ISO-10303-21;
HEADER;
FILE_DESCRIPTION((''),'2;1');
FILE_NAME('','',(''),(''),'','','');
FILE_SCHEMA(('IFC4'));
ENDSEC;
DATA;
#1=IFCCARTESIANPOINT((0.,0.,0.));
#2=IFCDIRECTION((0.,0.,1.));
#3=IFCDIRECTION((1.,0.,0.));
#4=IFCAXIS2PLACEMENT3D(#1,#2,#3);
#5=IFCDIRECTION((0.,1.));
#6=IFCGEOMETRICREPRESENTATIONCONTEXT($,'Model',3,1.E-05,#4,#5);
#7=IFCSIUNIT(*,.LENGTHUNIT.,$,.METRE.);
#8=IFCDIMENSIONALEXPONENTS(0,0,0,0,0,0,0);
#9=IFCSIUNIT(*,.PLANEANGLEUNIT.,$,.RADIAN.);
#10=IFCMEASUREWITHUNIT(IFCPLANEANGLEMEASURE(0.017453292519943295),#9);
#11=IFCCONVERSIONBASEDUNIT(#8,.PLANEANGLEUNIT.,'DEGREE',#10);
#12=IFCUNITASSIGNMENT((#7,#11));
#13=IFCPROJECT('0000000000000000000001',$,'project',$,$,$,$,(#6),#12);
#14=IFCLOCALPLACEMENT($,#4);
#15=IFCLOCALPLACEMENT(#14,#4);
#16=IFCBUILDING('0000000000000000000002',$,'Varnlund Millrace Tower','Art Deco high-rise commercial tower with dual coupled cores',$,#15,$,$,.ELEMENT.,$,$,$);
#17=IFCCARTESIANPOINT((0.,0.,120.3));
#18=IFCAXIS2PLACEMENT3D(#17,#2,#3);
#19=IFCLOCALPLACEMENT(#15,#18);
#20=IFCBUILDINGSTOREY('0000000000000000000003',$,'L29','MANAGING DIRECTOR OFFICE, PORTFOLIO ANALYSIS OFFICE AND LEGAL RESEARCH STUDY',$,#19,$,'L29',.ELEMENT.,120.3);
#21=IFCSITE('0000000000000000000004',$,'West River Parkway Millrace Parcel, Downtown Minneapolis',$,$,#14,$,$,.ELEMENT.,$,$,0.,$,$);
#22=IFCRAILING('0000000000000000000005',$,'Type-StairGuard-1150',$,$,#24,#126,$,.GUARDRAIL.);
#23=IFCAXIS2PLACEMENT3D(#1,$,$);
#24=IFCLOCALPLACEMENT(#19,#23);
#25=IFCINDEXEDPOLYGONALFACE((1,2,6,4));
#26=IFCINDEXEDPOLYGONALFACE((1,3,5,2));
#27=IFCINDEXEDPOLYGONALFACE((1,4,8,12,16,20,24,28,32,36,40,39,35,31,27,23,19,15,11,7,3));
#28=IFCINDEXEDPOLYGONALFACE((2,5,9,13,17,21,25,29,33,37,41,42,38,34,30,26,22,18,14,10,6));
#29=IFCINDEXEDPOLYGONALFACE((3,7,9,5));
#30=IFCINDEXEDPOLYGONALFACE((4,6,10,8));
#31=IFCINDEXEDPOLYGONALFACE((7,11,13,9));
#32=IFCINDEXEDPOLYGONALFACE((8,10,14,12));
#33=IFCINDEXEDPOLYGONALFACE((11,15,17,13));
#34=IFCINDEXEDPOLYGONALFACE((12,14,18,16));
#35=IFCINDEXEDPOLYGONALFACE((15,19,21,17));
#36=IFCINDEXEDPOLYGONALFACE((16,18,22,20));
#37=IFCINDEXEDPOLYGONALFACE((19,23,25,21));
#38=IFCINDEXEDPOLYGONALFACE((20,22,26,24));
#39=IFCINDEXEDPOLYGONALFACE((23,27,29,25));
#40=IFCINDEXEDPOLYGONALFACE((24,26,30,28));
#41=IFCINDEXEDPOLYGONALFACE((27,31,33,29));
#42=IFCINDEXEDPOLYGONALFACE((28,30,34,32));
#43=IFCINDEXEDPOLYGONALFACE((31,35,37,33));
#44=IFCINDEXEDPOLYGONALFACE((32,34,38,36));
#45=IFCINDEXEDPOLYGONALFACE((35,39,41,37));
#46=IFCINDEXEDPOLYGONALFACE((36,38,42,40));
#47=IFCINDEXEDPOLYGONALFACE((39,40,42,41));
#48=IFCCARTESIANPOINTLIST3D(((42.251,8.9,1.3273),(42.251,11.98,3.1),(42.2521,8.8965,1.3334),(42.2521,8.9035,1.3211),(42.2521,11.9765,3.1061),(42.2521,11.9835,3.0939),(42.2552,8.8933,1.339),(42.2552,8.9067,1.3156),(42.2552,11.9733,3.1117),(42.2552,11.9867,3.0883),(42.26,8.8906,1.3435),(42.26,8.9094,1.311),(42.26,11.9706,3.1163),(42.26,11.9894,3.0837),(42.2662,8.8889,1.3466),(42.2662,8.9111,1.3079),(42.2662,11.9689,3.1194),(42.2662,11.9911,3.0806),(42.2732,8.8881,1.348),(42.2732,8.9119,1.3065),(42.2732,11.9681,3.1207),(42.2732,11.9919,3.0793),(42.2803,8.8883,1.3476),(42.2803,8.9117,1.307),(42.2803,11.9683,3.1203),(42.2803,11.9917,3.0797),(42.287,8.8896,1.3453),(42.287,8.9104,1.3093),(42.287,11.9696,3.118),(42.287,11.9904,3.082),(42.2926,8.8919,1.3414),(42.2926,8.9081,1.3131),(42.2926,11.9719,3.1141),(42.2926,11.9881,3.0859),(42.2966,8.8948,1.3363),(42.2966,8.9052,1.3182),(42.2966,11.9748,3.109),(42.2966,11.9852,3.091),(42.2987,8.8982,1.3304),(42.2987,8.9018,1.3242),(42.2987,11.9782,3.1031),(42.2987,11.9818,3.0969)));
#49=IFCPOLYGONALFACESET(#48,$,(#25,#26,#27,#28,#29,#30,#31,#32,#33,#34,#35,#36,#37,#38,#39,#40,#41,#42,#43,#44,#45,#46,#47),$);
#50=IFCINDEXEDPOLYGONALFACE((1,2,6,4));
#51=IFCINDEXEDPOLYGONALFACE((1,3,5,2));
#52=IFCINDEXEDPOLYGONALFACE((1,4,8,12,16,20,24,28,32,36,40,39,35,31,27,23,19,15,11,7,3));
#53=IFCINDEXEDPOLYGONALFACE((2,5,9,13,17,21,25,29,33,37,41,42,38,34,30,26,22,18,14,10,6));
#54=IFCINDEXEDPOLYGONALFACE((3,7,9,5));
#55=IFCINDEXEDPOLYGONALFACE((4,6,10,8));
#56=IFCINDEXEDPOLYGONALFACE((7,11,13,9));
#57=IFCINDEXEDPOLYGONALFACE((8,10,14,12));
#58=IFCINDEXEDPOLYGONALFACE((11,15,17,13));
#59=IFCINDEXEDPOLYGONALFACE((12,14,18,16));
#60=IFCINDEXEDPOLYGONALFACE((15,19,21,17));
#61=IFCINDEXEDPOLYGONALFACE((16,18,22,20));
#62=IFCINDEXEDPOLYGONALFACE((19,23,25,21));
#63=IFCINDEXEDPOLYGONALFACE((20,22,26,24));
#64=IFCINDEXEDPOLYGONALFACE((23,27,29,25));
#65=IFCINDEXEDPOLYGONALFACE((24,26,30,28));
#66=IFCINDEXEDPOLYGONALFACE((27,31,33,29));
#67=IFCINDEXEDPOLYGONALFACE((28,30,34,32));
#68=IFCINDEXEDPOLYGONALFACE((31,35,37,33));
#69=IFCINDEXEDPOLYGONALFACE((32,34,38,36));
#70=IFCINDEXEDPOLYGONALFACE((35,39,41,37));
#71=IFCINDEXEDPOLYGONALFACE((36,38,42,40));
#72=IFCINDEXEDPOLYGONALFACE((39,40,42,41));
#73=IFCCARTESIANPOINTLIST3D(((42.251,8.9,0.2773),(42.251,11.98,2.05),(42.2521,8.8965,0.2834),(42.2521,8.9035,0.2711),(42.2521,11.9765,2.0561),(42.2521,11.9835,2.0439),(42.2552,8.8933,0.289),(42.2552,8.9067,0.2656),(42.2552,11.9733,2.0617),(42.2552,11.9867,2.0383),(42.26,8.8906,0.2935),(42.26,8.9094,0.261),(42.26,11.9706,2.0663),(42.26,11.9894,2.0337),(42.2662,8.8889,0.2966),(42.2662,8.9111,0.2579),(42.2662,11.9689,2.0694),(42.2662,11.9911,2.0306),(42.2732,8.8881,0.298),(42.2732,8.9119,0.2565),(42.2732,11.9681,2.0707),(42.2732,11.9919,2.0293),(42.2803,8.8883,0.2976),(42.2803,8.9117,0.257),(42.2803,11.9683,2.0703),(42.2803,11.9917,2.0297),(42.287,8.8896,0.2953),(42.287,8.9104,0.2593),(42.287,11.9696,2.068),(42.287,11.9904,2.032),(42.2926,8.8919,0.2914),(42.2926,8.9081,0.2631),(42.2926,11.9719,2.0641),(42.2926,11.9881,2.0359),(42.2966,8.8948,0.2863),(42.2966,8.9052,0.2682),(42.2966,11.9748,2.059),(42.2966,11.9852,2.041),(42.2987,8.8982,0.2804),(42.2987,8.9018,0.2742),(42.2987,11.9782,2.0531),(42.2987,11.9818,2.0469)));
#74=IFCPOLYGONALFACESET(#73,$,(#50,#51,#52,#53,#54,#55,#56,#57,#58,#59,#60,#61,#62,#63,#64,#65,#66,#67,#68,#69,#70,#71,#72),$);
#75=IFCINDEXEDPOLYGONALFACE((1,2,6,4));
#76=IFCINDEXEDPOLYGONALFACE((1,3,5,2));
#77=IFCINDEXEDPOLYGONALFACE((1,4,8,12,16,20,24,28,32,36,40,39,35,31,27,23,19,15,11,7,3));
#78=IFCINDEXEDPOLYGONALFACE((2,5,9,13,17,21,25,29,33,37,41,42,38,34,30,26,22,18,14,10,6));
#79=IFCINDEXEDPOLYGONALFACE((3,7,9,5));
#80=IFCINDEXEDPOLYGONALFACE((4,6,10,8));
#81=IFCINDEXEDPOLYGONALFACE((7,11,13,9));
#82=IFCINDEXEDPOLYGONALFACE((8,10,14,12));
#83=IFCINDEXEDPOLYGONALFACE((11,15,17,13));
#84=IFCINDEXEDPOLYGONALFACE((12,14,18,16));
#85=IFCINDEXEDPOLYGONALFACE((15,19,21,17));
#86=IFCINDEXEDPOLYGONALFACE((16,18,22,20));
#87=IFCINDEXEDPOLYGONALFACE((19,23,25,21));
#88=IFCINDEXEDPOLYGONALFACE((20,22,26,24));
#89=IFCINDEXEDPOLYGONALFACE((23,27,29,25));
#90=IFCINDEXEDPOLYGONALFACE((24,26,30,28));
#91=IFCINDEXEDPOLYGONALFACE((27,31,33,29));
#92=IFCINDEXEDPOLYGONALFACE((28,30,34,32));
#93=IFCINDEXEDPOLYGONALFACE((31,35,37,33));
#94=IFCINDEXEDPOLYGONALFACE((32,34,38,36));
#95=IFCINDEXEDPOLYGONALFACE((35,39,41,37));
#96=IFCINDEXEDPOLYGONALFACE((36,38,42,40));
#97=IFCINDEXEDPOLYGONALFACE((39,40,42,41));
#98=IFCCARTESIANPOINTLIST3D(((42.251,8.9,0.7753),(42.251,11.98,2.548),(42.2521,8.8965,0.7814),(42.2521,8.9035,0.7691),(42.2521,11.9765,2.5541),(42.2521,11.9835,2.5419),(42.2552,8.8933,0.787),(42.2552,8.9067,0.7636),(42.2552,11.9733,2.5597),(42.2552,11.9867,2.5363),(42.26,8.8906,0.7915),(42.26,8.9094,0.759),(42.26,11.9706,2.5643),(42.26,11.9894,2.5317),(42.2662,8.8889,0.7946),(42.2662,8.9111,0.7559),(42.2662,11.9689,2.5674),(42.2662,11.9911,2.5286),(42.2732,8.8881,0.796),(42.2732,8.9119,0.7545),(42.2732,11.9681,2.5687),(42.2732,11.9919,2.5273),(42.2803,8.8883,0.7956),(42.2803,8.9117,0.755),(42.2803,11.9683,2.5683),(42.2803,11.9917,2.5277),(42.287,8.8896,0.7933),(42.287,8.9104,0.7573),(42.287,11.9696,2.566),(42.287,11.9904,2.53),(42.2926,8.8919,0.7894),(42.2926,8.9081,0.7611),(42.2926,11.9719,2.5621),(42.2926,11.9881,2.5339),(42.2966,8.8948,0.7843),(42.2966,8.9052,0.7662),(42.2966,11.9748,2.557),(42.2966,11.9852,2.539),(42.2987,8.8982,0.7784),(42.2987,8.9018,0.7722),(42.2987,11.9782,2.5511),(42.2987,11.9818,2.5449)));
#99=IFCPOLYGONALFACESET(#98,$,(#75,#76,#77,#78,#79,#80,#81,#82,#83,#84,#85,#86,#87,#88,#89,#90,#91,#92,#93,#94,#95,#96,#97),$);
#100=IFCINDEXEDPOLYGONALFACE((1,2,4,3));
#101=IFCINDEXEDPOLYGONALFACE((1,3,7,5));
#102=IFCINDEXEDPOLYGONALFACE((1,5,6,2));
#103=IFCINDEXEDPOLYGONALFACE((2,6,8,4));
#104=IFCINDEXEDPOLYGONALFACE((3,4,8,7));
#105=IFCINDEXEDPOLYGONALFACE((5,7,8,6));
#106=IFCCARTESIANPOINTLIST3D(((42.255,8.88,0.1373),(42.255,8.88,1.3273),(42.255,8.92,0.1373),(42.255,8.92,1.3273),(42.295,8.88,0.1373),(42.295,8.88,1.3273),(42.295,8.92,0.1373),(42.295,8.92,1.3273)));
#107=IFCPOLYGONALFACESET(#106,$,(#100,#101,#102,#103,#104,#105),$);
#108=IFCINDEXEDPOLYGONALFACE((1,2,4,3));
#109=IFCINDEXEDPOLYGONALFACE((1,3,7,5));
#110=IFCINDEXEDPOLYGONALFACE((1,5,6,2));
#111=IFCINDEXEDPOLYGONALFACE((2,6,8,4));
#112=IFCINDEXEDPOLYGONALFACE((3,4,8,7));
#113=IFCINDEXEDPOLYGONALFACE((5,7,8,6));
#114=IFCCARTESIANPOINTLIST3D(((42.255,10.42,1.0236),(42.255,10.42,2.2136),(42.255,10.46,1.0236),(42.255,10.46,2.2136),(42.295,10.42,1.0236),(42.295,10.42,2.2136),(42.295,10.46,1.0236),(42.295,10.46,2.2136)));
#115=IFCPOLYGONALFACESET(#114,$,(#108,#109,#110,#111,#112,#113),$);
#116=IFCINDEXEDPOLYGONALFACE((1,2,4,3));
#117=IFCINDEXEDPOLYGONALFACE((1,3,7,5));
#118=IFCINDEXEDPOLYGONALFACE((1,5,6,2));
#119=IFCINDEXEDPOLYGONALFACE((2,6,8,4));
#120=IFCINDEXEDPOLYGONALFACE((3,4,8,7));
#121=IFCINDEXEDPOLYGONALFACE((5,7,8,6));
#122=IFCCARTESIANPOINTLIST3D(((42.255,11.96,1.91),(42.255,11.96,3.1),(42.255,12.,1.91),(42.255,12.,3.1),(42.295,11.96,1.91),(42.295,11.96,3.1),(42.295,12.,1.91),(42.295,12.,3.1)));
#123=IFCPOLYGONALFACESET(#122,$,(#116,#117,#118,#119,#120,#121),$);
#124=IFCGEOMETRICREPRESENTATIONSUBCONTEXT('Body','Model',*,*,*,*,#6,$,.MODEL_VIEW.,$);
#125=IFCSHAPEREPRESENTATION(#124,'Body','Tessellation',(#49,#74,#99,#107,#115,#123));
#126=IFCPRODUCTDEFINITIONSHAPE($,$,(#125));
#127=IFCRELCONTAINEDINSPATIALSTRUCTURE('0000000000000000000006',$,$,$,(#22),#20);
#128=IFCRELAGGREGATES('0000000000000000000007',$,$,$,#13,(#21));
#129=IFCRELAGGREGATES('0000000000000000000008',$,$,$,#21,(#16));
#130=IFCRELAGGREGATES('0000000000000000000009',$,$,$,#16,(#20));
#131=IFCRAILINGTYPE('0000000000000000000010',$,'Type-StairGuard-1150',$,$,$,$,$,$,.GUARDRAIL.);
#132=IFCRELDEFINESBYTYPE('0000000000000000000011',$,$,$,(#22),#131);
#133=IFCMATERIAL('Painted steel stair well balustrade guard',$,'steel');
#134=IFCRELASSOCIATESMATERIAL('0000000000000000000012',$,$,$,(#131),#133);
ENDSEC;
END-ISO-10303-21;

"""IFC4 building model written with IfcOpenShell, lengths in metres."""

from ifc_helpers import new_model, entity, si_unit, converted_unit, direction, frame, origin_with_axes, origin_2d_with_axis, place, context, subcontext, project, spatial, rectangle, circle, extrude, material, type_object, element, save


model = new_model("IFC4")

# Units and contexts
model_context = context("Model", 3, precision=1e-05, world=origin_with_axes(), true_north=direction((0.0, 1.0)))
body_context = subcontext(model_context, "Body", "Model", "MODEL_VIEW")
ifc_project = project(units=[si_unit("LENGTHUNIT", "METRE"), converted_unit("PLANEANGLEUNIT", "DEGREE", entity("IfcPlaneAngleMeasure", 0.017453292519943295), si_unit("PLANEANGLEUNIT", "RADIAN"), dimensions=[0, 0, 0, 0, 0, 0, 0])], contexts=[model_context])

# Site, building, storey
site_placement = place(None, origin_with_axes())
site = spatial("IfcSite", under=ifc_project, at=site_placement, Name="West River Parkway Millrace Parcel, Downtown Minneapolis", CompositionType="ELEMENT", RefElevation=0.0)
building_placement = place(site_placement, origin_with_axes())
building = spatial("IfcBuilding", under=site, at=building_placement, Name="Varnlund Millrace Tower", Description="Art Deco high-rise commercial tower with dual coupled cores", CompositionType="ELEMENT")
storey_placement = place(building_placement, frame((0.0, 0.0, 120.3), z_axis=(0.0, 0.0, 1.0), x_axis=(1.0, 0.0, 0.0)))
storey = spatial("IfcBuildingStorey", under=building, at=storey_placement, Name="L29", Description="MANAGING DIRECTOR OFFICE, PORTFOLIO ANALYSIS OFFICE AND LEGAL RESEARCH STUDY", LongName="L29", CompositionType="ELEMENT", Elevation=120.3)

# Railing
ifc_material_1 = material(Name="Painted steel stair well balustrade guard", Category="steel")
railing_type_1 = type_object("IfcRailingType", Name="Type-StairGuard-1150", PredefinedType="GUARDRAIL", material=ifc_material_1)
railing_1_placement = place(storey_placement, frame((0.0, 0.0, -120.3), z_axis=(0.0, 0.0, 1.0), x_axis=(1.0, 0.0, 0.0)))
element("IfcRailing", 1, at=railing_1_placement, inside=storey, type_object=railing_type_1, Name="Type-StairGuard-1150", PredefinedType="GUARDRAIL", context=body_context, shape_type="SweptSolid", body=[
    extrude(circle(Radius=0.024, at=origin_2d_with_axis()), frame((42.275, 8.9, 121.6273), z_axis=(0.0, 0.866696, 0.498836), x_axis=(-1.0, 0.0, 0.0)), (0.0, 0.0, 1.0), 3.5537),
    extrude(circle(Radius=0.024, at=origin_2d_with_axis()), frame((42.275, 8.9, 120.5773), z_axis=(0.0, 0.866696, 0.498836), x_axis=(-1.0, 0.0, 0.0)), (0.0, 0.0, 1.0), 3.5537),
    extrude(circle(Radius=0.024, at=origin_2d_with_axis()), frame((42.275, 8.9, 121.0753), z_axis=(0.0, 0.866696, 0.498836), x_axis=(-1.0, 0.0, 0.0)), (0.0, 0.0, 1.0), 3.5537),
    extrude(rectangle(XDim=0.04, YDim=0.04, at=origin_2d_with_axis()), frame((42.275, 8.9, 120.4373), z_axis=(0.0, 0.0, 1.0), x_axis=(1.0, 0.0, 0.0)), (0.0, 0.0, 1.0), 1.19),
    extrude(rectangle(XDim=0.04, YDim=0.04, at=origin_2d_with_axis()), frame((42.275, 10.44, 121.3236), z_axis=(0.0, 0.0, 1.0), x_axis=(1.0, 0.0, 0.0)), (0.0, 0.0, 1.0), 1.19),
    extrude(rectangle(XDim=0.04, YDim=0.04, at=origin_2d_with_axis()), frame((42.275, 11.98, 122.21), z_axis=(0.0, 0.0, 1.0), x_axis=(1.0, 0.0, 0.0)), (0.0, 0.0, 1.0), 1.19),
])

save(model, "model.ifc")
